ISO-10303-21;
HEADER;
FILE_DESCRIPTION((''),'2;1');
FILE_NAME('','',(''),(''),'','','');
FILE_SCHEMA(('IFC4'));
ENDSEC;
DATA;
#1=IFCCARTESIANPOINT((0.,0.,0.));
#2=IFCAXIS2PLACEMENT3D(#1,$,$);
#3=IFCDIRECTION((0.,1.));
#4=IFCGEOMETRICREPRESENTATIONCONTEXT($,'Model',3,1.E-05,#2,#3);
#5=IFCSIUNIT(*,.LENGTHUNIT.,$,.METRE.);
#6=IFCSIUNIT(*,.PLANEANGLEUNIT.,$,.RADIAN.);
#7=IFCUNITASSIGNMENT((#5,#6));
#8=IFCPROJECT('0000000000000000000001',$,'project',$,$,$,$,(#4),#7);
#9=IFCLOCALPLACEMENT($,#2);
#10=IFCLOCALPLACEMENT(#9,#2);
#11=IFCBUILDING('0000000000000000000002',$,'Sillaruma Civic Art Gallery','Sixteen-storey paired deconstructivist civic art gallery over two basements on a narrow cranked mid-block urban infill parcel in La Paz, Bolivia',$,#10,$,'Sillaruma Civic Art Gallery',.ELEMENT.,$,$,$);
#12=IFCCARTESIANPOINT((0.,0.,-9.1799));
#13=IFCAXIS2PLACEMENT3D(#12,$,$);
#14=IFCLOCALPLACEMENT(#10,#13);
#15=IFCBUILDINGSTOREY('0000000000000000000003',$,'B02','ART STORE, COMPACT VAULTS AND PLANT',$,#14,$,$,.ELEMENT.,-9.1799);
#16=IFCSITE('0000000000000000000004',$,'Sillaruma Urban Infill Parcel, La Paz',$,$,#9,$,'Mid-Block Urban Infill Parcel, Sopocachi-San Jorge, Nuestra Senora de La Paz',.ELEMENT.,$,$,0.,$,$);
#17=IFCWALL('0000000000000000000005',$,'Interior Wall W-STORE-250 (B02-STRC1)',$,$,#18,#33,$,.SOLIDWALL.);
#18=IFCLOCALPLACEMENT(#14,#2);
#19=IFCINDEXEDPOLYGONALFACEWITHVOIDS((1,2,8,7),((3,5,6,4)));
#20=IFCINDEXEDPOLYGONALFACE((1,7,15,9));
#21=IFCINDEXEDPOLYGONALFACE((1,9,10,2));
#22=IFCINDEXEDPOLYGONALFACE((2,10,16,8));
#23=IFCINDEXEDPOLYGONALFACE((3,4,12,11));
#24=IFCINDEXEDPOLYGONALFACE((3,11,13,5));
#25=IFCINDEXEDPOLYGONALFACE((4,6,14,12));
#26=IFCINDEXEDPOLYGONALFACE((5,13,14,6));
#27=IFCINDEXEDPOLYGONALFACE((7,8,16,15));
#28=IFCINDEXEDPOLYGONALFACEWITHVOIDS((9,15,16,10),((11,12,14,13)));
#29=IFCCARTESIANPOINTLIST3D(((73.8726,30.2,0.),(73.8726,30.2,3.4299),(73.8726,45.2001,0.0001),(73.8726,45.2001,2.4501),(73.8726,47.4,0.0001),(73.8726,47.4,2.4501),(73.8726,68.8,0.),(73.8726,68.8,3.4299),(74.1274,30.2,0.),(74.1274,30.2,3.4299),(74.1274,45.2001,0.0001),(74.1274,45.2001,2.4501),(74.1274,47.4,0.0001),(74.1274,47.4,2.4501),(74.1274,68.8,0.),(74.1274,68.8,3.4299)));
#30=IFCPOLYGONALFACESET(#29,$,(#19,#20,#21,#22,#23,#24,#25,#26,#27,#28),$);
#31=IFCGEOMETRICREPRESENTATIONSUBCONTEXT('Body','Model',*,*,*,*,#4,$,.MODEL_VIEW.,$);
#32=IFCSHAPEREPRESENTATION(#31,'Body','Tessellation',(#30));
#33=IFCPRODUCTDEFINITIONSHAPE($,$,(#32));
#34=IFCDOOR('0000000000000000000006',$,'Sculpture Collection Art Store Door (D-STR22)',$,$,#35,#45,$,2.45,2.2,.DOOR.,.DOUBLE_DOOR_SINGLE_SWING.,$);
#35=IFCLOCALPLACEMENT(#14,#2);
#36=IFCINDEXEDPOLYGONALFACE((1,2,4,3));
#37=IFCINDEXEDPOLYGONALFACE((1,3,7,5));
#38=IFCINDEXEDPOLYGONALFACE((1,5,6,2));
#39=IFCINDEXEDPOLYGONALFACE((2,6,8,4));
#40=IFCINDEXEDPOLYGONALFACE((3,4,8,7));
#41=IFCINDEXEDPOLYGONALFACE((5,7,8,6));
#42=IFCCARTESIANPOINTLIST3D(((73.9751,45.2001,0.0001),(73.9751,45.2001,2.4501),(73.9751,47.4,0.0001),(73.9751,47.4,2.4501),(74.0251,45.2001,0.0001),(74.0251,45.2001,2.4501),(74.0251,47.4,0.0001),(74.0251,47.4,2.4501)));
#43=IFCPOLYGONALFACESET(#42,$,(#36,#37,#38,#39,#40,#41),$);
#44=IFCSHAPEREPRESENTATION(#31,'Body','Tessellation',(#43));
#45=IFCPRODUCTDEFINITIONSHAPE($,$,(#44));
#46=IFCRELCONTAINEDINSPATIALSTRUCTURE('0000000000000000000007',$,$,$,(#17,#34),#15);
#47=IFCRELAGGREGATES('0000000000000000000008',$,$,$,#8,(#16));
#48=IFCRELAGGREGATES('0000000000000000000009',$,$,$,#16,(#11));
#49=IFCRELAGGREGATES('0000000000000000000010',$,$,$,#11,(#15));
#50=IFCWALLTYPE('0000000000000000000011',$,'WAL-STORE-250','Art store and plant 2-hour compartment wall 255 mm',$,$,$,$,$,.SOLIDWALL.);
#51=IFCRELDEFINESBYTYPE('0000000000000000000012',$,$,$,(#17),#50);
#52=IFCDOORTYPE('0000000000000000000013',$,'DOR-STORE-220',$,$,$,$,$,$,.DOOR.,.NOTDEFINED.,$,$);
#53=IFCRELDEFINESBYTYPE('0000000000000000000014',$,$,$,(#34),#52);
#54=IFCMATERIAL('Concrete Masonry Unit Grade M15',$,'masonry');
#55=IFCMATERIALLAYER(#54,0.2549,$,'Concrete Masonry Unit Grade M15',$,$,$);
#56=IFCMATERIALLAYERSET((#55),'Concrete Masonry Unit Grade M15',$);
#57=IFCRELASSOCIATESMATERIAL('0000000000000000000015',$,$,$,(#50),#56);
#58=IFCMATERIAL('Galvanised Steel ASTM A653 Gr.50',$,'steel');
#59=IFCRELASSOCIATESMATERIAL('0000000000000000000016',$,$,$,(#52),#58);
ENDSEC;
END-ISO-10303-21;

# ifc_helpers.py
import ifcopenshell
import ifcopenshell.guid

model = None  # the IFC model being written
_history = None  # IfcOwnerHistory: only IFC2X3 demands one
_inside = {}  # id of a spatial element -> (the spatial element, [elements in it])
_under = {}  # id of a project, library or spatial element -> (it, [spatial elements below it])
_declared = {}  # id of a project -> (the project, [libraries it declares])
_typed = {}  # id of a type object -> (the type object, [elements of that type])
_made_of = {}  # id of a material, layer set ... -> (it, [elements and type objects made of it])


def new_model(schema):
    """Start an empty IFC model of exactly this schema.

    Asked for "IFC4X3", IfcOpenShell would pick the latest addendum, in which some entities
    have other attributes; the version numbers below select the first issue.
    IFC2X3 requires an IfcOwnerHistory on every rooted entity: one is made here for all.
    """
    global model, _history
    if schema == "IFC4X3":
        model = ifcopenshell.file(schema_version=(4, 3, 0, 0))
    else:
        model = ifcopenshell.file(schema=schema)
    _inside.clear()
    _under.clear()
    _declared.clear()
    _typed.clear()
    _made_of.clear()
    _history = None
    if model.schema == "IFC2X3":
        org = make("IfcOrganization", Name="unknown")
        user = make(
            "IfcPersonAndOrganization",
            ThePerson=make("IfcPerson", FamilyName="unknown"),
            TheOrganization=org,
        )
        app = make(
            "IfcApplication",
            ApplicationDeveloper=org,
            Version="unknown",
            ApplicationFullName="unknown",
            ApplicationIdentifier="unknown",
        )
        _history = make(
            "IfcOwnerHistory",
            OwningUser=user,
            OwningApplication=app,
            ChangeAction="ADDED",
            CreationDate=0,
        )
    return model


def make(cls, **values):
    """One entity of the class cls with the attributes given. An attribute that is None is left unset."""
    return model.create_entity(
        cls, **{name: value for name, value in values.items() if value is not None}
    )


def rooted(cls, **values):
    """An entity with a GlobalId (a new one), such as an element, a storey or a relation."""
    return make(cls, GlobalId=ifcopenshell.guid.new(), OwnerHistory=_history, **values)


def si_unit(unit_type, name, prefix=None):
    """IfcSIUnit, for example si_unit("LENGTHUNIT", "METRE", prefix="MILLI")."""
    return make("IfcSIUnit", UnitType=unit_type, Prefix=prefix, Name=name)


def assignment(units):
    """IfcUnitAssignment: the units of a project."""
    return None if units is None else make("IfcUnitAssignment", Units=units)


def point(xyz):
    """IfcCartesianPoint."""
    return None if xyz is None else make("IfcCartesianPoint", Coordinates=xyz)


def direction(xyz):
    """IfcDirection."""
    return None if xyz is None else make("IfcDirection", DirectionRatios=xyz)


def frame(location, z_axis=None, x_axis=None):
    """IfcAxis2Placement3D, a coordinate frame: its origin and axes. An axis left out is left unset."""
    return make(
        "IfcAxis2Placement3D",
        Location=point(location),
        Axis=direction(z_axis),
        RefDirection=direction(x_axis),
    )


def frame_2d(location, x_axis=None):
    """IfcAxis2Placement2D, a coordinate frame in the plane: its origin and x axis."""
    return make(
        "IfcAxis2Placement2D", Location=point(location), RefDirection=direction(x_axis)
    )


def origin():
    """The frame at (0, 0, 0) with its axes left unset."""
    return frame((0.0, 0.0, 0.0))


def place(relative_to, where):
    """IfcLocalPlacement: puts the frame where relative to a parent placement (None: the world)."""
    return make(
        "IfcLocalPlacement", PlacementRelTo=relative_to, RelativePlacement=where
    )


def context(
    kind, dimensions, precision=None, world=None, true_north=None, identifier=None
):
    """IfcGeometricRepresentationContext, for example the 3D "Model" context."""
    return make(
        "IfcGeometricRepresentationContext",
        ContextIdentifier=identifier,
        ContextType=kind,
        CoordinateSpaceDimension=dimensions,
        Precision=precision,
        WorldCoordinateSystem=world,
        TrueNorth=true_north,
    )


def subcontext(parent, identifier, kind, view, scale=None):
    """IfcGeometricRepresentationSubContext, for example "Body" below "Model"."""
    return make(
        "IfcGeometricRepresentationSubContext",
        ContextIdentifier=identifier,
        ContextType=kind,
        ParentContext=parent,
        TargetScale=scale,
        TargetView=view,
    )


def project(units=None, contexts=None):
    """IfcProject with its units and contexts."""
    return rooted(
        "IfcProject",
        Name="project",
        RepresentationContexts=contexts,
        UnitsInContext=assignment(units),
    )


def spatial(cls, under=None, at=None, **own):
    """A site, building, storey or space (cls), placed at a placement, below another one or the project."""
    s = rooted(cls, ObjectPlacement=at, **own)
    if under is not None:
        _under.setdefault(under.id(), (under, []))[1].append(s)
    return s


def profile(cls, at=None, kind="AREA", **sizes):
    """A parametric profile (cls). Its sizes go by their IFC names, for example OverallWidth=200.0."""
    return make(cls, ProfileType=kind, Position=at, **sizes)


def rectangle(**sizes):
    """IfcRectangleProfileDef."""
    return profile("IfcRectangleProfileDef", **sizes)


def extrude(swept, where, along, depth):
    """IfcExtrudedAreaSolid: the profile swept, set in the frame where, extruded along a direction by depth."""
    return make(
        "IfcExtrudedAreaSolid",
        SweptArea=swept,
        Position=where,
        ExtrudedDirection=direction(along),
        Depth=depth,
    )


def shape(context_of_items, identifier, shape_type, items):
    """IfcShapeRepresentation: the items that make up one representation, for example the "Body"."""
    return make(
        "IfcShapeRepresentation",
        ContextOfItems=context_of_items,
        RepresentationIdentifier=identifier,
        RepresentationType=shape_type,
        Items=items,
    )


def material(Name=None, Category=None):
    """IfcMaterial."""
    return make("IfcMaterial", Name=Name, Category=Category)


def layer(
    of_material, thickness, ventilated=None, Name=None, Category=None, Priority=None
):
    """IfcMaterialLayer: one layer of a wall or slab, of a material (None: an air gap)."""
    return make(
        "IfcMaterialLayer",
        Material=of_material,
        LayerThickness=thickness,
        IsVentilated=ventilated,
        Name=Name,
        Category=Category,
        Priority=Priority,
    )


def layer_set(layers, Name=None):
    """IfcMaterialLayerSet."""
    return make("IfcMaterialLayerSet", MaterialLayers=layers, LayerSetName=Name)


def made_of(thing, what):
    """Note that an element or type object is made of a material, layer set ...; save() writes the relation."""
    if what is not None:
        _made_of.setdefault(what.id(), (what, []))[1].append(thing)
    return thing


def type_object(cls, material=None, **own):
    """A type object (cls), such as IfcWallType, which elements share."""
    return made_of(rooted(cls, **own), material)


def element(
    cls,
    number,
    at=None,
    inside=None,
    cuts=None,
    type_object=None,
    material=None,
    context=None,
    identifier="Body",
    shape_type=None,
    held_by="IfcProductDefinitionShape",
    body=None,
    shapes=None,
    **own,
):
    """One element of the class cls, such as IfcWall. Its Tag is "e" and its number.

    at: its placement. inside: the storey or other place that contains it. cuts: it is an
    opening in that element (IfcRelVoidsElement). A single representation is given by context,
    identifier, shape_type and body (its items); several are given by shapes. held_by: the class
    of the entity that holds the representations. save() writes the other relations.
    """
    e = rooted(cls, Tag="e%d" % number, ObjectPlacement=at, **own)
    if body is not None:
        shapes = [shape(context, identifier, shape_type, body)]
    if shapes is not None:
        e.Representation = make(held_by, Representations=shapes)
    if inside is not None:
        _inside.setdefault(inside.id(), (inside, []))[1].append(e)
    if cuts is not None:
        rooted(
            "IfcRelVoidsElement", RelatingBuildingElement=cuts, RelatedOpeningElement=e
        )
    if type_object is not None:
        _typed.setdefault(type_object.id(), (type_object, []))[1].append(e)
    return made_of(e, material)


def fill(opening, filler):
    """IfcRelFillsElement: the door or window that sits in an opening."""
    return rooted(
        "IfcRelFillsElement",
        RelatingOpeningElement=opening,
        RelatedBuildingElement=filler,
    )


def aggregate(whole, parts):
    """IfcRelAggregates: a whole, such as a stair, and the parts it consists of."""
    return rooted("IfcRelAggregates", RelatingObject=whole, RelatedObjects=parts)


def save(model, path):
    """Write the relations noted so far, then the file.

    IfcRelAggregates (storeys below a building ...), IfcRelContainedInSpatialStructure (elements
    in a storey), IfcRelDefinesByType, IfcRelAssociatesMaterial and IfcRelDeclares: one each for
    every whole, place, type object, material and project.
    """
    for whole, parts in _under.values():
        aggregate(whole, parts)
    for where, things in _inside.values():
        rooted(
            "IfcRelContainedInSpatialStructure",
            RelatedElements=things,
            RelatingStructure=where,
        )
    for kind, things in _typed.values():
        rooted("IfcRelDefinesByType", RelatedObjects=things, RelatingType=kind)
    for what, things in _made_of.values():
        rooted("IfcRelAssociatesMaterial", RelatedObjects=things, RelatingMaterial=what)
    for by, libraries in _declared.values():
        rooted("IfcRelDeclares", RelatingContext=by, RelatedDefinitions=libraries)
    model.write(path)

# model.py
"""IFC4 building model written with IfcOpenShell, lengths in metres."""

from ifc_helpers import new_model, si_unit, direction, frame, frame_2d, origin, place, context, subcontext, project, spatial, rectangle, extrude, material, layer, layer_set, type_object, element, fill, save


model = new_model("IFC4")

# Units and contexts
model_context = context("Model", 3, precision=1e-05, world=origin(), true_north=direction((0.0, 1.0)))
body_context = subcontext(model_context, "Body", "Model", "MODEL_VIEW")
ifc_project = project(units=[si_unit("LENGTHUNIT", "METRE"), si_unit("PLANEANGLEUNIT", "RADIAN")], contexts=[model_context])

# Site, building, storey
site_placement = place(None, origin())
site = spatial("IfcSite", under=ifc_project, at=site_placement, Name="Sillaruma Urban Infill Parcel, La Paz", LongName="Mid-Block Urban Infill Parcel, Sopocachi-San Jorge, Nuestra Senora de La Paz", CompositionType="ELEMENT", RefElevation=0.0)
building_placement = place(site_placement, origin())
building = spatial("IfcBuilding", under=site, at=building_placement, Name="Sillaruma Civic Art Gallery", Description="Sixteen-storey paired deconstructivist civic art gallery over two basements on a narrow cranked mid-block urban infill parcel in La Paz, Bolivia", LongName="Sillaruma Civic Art Gallery", CompositionType="ELEMENT")
storey_placement = place(building_placement, frame((0.0, 0.0, -9.1799)))
storey = spatial("IfcBuildingStorey", under=building, at=storey_placement, Name="B02", Description="ART STORE, COMPACT VAULTS AND PLANT", CompositionType="ELEMENT", Elevation=-9.1799)

# Wall, opening, door
ifc_material_1 = material(Name="Galvanised Steel ASTM A653 Gr.50", Category="steel")
ifc_material_2 = material(Name="Concrete Masonry Unit Grade M15", Category="masonry")
ifc_layer_1 = layer(ifc_material_2, 0.2549, Name="Concrete Masonry Unit Grade M15")
ifc_layer_set_1 = layer_set([ifc_layer_1], Name="Concrete Masonry Unit Grade M15")
wall_type_1 = type_object("IfcWallType", Name="WAL-STORE-250", Description="Art store and plant 2-hour compartment wall 255 mm", PredefinedType="SOLIDWALL", material=ifc_layer_set_1)
wall_1_placement = place(storey_placement, frame((74.0, 30.2, 0.0), z_axis=(0.0, 0.0, 1.0), x_axis=(0.0, 1.0, 0.0)))
wall_1 = element("IfcWall", 1, at=wall_1_placement, inside=storey, type_object=wall_type_1, Name="Interior Wall W-STORE-250 (B02-STRC1)", PredefinedType="SOLIDWALL", context=body_context, shape_type="SweptSolid", body=[
    extrude(rectangle(XDim=38.6001, YDim=0.2549, at=frame_2d((19.3, 0.0))), origin(), (0.0, 0.0, 1.0), 3.4299),
])
opening_1_placement = place(wall_1_placement, frame((15.0, 0.0, 0.0)))
opening_1 = element("IfcOpeningElement", 2, at=opening_1_placement, cuts=wall_1, PredefinedType="OPENING", context=body_context, shape_type="SweptSolid", body=[
    extrude(rectangle(XDim=2.2, YDim=2.45, at=frame_2d((1.1001, 1.2251))), frame((0.0, 0.1375, 0.0), z_axis=(0.0, -1.0, 0.0), x_axis=(1.0, 0.0, 0.0)), (0.0, 0.0, 1.0), 0.2749),
])
door_type_1 = type_object("IfcDoorType", Name="DOR-STORE-220", OperationType="NOTDEFINED", PredefinedType="DOOR", material=ifc_material_1)
door_1_placement = place(opening_1_placement, origin())
door_1 = element("IfcDoor", 3, at=door_1_placement, inside=storey, type_object=door_type_1, Name="Sculpture Collection Art Store Door (D-STR22)", OperationType="DOUBLE_DOOR_SINGLE_SWING", OverallHeight=2.45, OverallWidth=2.2, PredefinedType="DOOR", context=body_context, shape_type="SweptSolid", body=[
    extrude(rectangle(XDim=2.2, YDim=2.45, at=frame_2d((1.1001, 1.2251))), frame((0.0, 0.0249, 0.0), z_axis=(0.0, -1.0, 0.0), x_axis=(1.0, 0.0, 0.0)), (0.0, 0.0, 1.0), 0.05),
])
fill(opening_1, door_1)

save(model, "model.ifc")
